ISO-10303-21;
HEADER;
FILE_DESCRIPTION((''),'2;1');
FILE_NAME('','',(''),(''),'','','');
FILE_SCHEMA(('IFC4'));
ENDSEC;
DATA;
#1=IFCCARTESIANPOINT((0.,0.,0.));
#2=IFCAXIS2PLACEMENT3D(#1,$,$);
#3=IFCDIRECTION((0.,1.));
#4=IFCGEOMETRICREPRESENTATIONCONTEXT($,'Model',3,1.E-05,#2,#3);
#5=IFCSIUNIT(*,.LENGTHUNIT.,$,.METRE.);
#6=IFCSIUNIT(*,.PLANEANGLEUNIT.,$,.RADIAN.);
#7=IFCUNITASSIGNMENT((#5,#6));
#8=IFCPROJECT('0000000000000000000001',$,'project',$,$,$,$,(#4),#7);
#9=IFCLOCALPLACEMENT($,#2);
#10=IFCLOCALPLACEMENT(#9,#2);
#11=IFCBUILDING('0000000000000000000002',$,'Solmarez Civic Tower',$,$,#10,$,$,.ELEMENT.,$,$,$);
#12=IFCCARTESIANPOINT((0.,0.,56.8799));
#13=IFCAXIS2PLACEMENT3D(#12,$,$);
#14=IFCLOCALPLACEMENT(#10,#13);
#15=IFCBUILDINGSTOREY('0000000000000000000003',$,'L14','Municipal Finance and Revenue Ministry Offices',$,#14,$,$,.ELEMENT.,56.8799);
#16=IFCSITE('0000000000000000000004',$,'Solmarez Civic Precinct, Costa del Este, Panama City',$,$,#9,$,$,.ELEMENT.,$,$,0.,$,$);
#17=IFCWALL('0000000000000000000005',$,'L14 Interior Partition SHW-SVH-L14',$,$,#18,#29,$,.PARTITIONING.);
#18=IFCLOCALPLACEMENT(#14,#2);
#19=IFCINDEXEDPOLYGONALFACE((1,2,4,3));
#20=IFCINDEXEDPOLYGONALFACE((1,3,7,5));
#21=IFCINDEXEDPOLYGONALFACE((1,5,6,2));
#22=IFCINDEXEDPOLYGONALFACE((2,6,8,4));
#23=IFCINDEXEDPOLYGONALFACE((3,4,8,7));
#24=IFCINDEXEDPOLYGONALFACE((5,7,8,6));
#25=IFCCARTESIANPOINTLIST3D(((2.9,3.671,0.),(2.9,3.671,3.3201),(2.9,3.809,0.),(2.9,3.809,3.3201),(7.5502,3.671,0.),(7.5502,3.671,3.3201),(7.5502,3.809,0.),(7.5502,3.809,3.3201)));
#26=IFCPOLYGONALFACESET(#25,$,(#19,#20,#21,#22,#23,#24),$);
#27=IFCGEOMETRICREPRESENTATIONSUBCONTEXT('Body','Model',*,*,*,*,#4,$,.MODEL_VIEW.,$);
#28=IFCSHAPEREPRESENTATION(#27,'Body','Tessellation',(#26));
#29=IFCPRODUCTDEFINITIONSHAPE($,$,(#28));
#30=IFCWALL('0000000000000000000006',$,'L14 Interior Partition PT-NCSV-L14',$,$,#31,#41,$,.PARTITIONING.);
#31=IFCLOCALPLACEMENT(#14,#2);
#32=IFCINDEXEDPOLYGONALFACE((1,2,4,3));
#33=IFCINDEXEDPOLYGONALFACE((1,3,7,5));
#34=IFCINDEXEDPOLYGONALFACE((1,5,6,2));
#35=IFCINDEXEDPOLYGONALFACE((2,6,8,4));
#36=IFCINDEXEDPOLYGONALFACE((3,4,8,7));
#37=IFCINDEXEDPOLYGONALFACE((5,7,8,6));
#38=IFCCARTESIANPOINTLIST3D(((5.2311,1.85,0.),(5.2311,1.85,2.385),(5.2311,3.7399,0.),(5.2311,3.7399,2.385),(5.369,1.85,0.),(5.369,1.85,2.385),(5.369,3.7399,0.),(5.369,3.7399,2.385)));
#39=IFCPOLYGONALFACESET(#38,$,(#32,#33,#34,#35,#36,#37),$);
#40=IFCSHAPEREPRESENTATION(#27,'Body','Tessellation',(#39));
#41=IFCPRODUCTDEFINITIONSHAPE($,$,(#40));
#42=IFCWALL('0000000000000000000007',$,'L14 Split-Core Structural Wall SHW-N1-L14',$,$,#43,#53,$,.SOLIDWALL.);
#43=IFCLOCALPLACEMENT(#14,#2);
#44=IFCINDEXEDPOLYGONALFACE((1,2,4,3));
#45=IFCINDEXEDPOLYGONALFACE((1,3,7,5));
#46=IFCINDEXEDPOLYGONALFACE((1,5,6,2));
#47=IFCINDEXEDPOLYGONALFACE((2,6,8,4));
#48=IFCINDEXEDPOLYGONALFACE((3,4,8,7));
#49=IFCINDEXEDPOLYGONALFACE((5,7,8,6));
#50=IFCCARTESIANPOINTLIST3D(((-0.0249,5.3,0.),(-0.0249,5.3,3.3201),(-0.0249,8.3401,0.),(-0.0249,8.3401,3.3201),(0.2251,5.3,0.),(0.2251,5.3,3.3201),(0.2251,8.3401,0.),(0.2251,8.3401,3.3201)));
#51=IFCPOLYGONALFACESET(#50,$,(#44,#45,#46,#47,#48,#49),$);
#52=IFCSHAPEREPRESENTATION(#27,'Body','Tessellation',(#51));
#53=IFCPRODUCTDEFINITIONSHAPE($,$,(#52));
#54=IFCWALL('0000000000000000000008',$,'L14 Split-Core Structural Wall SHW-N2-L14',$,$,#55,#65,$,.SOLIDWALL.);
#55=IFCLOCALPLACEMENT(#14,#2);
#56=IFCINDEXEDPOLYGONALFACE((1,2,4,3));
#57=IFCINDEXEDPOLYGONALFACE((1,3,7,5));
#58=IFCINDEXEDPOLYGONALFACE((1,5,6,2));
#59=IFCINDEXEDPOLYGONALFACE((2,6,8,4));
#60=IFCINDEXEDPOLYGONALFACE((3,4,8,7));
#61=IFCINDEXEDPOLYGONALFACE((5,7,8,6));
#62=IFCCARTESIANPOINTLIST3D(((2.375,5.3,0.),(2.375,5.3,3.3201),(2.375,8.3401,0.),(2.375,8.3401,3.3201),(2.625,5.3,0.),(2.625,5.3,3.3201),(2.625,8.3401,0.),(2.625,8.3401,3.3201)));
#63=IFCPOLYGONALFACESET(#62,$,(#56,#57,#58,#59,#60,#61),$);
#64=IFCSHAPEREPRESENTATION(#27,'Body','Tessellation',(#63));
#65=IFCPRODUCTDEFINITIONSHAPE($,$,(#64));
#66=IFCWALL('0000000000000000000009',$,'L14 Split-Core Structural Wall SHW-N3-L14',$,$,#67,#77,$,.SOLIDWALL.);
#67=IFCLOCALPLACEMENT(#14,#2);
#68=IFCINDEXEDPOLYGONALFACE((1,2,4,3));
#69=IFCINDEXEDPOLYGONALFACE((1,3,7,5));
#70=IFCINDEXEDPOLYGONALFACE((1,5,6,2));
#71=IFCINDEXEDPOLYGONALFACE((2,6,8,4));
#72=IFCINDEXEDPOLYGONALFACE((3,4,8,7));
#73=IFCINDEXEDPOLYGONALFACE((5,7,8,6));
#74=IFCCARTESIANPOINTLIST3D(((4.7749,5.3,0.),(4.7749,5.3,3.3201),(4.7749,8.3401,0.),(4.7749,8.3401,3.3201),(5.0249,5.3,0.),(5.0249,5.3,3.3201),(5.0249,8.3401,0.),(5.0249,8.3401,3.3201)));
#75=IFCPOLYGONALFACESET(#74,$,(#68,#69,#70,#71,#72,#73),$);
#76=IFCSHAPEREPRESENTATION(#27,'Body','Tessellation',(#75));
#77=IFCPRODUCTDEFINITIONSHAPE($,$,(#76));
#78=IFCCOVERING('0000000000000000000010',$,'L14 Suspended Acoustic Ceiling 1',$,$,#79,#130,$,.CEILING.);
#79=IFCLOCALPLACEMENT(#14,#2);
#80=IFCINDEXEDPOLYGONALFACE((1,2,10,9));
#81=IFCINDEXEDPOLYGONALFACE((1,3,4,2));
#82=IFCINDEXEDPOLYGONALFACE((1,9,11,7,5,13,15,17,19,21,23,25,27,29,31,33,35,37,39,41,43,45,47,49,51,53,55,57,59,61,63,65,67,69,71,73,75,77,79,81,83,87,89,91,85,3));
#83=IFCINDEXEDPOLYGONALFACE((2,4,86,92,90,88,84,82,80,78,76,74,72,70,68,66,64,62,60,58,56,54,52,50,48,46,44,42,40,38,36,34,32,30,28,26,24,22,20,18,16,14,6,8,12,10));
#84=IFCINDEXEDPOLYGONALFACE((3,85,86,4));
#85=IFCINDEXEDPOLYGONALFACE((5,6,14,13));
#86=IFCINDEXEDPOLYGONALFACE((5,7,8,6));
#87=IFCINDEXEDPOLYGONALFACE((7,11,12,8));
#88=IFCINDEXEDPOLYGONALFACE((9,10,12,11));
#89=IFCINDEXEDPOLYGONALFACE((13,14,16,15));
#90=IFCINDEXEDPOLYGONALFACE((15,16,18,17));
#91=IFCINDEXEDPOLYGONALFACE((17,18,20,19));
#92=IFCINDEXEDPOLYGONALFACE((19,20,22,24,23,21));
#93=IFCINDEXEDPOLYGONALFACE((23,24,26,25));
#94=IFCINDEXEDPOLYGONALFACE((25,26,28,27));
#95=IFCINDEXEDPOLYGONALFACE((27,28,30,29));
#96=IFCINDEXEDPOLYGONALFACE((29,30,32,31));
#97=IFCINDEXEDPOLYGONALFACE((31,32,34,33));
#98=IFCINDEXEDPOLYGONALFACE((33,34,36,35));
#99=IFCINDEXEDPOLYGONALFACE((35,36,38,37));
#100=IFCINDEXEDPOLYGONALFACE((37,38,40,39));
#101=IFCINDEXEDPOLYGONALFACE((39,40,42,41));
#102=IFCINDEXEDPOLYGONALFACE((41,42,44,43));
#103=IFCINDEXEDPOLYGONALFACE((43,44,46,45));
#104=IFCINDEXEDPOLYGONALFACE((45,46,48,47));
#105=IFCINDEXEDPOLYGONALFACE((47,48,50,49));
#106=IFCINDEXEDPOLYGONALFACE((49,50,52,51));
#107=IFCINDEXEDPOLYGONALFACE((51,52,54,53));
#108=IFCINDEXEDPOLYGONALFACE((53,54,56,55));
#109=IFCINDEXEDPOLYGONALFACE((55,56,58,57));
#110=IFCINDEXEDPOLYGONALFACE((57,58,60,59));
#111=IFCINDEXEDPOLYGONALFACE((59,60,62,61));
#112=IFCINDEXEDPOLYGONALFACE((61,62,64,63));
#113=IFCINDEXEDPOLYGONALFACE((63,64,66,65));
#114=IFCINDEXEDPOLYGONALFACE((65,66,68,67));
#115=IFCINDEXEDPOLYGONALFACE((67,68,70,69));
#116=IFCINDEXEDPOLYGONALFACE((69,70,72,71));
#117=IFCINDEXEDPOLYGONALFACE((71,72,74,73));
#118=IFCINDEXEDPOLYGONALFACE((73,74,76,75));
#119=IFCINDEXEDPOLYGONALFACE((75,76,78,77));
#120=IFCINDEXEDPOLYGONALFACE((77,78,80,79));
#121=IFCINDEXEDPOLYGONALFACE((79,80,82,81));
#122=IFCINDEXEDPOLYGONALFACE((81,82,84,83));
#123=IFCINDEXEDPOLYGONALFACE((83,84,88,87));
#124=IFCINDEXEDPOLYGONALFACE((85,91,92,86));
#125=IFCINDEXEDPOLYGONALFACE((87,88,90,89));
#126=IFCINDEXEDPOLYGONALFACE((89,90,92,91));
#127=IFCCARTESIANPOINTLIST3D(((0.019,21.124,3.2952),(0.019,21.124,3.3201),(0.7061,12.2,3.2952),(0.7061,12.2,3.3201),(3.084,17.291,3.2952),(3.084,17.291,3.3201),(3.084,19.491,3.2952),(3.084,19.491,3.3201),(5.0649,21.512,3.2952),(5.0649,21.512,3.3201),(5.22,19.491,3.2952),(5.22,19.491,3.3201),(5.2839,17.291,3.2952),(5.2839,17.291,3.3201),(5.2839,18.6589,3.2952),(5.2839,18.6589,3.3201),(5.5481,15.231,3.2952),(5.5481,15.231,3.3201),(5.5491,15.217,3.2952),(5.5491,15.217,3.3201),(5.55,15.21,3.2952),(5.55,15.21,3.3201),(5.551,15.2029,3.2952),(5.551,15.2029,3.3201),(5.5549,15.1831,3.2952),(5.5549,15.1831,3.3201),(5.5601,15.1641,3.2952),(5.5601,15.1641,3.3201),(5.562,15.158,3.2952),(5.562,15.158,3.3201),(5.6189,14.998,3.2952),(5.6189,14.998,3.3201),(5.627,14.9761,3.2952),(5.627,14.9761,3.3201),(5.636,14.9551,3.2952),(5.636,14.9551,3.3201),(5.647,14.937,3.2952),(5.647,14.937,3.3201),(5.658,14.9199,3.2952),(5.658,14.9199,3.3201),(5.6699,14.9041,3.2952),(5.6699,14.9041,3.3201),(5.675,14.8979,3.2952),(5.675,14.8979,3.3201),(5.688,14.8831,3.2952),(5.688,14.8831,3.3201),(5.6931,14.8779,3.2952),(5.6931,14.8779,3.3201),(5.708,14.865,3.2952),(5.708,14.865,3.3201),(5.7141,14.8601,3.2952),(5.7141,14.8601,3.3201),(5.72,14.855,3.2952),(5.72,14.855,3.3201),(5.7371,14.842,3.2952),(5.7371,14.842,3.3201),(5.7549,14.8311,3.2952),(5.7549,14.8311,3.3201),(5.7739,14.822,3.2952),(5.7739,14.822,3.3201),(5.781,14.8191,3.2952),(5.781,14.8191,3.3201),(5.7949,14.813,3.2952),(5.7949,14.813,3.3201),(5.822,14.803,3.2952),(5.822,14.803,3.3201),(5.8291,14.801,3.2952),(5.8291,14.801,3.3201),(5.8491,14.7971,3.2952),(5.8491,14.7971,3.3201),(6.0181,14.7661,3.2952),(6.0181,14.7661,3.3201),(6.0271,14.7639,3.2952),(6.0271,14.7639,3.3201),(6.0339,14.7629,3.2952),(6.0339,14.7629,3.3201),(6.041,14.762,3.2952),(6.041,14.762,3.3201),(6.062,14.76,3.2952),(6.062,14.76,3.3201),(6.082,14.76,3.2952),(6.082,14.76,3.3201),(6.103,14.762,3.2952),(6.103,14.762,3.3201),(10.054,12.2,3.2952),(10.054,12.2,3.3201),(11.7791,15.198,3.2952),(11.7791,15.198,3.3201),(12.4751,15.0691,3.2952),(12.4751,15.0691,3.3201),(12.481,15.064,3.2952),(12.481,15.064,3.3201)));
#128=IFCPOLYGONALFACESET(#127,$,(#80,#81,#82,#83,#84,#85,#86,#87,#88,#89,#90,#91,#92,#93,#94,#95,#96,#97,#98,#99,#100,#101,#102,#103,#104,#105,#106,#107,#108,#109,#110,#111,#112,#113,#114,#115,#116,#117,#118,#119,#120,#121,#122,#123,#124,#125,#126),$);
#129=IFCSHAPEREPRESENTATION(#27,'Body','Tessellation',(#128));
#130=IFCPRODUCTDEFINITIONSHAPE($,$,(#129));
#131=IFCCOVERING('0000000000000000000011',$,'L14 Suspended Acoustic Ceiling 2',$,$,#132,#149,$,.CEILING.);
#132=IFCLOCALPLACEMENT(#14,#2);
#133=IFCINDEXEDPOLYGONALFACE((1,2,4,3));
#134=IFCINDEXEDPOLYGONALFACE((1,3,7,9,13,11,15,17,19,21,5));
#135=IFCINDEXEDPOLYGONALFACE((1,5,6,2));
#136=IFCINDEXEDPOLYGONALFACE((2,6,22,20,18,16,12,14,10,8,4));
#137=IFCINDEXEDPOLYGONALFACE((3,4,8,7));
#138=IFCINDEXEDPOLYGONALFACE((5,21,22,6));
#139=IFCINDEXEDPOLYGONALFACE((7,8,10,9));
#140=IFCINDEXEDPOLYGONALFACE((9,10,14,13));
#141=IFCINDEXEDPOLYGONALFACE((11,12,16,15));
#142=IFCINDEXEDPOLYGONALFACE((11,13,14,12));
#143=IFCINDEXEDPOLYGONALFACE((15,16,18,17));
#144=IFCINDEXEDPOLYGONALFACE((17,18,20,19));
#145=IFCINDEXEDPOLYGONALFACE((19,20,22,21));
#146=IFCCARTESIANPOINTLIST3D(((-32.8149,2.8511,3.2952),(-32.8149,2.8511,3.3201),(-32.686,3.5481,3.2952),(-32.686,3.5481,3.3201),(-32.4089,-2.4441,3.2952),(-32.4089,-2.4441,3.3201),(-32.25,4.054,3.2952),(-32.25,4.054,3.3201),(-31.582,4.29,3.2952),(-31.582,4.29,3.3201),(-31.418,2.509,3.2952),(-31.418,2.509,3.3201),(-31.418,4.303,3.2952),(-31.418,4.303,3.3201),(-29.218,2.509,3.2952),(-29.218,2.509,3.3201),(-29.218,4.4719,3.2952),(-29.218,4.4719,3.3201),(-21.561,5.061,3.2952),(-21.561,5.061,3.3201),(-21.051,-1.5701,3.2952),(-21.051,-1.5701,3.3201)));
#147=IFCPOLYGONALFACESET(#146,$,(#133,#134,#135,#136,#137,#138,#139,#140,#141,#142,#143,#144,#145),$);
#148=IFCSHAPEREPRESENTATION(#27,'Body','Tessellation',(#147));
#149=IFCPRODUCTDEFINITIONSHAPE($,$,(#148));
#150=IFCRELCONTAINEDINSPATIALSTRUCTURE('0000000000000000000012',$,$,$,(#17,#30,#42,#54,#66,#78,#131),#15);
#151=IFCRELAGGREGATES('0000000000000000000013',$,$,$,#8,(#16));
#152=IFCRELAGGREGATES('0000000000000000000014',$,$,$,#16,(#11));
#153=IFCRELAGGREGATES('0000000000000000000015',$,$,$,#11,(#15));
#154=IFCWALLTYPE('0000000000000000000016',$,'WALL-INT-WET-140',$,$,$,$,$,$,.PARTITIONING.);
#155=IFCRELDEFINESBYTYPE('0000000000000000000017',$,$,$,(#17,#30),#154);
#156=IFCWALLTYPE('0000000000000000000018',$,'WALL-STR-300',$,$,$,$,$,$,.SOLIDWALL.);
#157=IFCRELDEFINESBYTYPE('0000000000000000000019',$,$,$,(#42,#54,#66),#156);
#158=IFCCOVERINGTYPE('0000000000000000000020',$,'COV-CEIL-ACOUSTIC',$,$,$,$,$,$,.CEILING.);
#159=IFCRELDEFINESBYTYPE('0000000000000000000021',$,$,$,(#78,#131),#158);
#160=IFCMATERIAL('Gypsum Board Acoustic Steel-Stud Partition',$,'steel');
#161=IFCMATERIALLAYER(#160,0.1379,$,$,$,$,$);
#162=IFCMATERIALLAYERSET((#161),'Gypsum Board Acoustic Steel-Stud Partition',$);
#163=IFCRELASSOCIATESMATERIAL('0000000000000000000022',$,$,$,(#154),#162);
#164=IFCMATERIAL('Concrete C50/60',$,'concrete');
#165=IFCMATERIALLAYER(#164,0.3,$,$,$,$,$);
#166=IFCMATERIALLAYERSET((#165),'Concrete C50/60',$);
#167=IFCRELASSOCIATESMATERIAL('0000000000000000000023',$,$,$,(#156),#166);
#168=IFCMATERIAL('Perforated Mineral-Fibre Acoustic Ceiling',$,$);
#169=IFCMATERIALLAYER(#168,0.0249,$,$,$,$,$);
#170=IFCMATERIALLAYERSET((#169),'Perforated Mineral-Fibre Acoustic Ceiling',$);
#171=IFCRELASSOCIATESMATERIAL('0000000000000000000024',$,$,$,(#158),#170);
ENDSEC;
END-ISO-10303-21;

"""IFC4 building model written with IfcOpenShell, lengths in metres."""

from ifc_helpers import new_model, si_unit, direction, frame, frame_2d, origin, place, context, subcontext, project, spatial, polyline, rectangle, outline, extrude, material, layer, layer_set, type_object, element, save


model = new_model("IFC4")

# Units and contexts
model_context = context("Model", 3, precision=1e-05, world=origin(), true_north=direction((0.0, 1.0)))
body_context = subcontext(model_context, "Body", "Model", "MODEL_VIEW")
ifc_project = project(units=[si_unit("LENGTHUNIT", "METRE"), si_unit("PLANEANGLEUNIT", "RADIAN")], contexts=[model_context])

# Site, building, storey
site_placement = place(None, origin())
site = spatial("IfcSite", under=ifc_project, at=site_placement, Name="Solmarez Civic Precinct, Costa del Este, Panama City", CompositionType="ELEMENT", RefElevation=0.0)
building_placement = place(site_placement, origin())
building = spatial("IfcBuilding", under=site, at=building_placement, Name="Solmarez Civic Tower", CompositionType="ELEMENT")
storey_placement = place(building_placement, frame((0.0, 0.0, 56.8799)))
storey = spatial("IfcBuildingStorey", under=building, at=storey_placement, Name="L14", Description="Municipal Finance and Revenue Ministry Offices", CompositionType="ELEMENT", Elevation=56.8799)

# Shared definitions
ifc_material_1 = material(Name="Concrete C50/60", Category="concrete")

# Shared definitions
ifc_material_2 = material(Name="Gypsum Board Acoustic Steel-Stud Partition", Category="steel")

# Walls
ifc_layer_1 = layer(ifc_material_2, 0.1379)
ifc_layer_set_1 = layer_set([ifc_layer_1], Name="Gypsum Board Acoustic Steel-Stud Partition")
wall_type_1 = type_object("IfcWallType", Name="WALL-INT-WET-140", PredefinedType="PARTITIONING", material=ifc_layer_set_1)
wall_1_placement = place(storey_placement, frame((2.8999, 3.74, 0.0), z_axis=(0.0, 0.0, 1.0), x_axis=(1.0, 0.0, 0.0)))
element("IfcWall", 1, at=wall_1_placement, inside=storey, type_object=wall_type_1, Name="L14 Interior Partition SHW-SVH-L14", PredefinedType="PARTITIONING", context=body_context, shape_type="SweptSolid", body=[
    extrude(rectangle(XDim=4.6501, YDim=0.1379, at=frame_2d((2.3252, 0.0))), origin(), (0.0, 0.0, 1.0), 3.3201),
])
wall_2_placement = place(storey_placement, frame((5.3, 1.8501, 0.0), z_axis=(0.0, 0.0, 1.0), x_axis=(0.0, 1.0, 0.0)))
element("IfcWall", 2, at=wall_2_placement, inside=storey, type_object=wall_type_1, Name="L14 Interior Partition PT-NCSV-L14", PredefinedType="PARTITIONING", context=body_context, shape_type="SweptSolid", body=[
    extrude(rectangle(XDim=1.8899, YDim=0.1379, at=frame_2d((0.9448, 0.0))), origin(), (0.0, 0.0, 1.0), 2.385),
])
ifc_layer_2 = layer(ifc_material_1, 0.3)
ifc_layer_set_2 = layer_set([ifc_layer_2], Name="Concrete C50/60")
wall_type_2 = type_object("IfcWallType", Name="WALL-STR-300", PredefinedType="SOLIDWALL", material=ifc_layer_set_2)
for number, where, z_axis, x_axis, name in (
    (3, (0.1001, 5.3, 0.0), (0.0, 0.0, 1.0), (0.0, 1.0, 0.0), "L14 Split-Core Structural Wall SHW-N1-L14"),
    (4, (2.5, 5.3, 0.0), (0.0, 0.0, 1.0), (0.0, 1.0, 0.0), "L14 Split-Core Structural Wall SHW-N2-L14"),
    (5, (4.8999, 5.3, 0.0), (0.0, 0.0, 1.0), (0.0, 1.0, 0.0), "L14 Split-Core Structural Wall SHW-N3-L14"),
):
    element("IfcWall", number, at=place(storey_placement, frame(where, z_axis=z_axis, x_axis=x_axis)), inside=storey, type_object=wall_type_2, Name=name, PredefinedType="SOLIDWALL", context=body_context, shape_type="SweptSolid", body=[
        extrude(rectangle(XDim=3.04, YDim=0.25, at=frame_2d((1.52, 0.0))), origin(), (0.0, 0.0, 1.0), 3.3201),
    ])

# Coverings
ifc_material_3 = material(Name="Perforated Mineral-Fibre Acoustic Ceiling")
ifc_layer_3 = layer(ifc_material_3, 0.0249)
ifc_layer_set_3 = layer_set([ifc_layer_3], Name="Perforated Mineral-Fibre Acoustic Ceiling")
covering_type_1 = type_object("IfcCoveringType", Name="COV-CEIL-ACOUSTIC", PredefinedType="CEILING", material=ifc_layer_set_3)
covering_1_placement = place(storey_placement, frame((0.0, 0.0, 3.2952)))
element("IfcCovering", 6, at=covering_1_placement, inside=storey, type_object=covering_type_1, Name="L14 Suspended Acoustic Ceiling 1", PredefinedType="CEILING", context=body_context, shape_type="SweptSolid", body=[
    extrude(outline(polyline([(0.7061, 12.2), (10.054, 12.2), (12.481, 15.064), (12.4751, 15.0691), (11.7791, 15.198), (6.103, 14.762), (6.082, 14.76), (6.062, 14.76), (6.041, 14.762), (6.0339, 14.7629), (6.0271, 14.7639), (6.0181, 14.7661), (5.8491, 14.7971), (5.8291, 14.801), (5.822, 14.803), (5.7949, 14.813), (5.781, 14.8191), (5.7739, 14.822), (5.7549, 14.8311), (5.7371, 14.842), (5.72, 14.855), (5.7141, 14.8601), (5.708, 14.865), (5.6931, 14.8779), (5.688, 14.8831), (5.675, 14.8979), (5.6699, 14.9041), (5.658, 14.9199), (5.647, 14.937), (5.636, 14.9551), (5.627, 14.9761), (5.6189, 14.998), (5.562, 15.158), (5.5601, 15.1641), (5.5549, 15.1831), (5.551, 15.2029), (5.55, 15.21), (5.5491, 15.217), (5.5481, 15.231), (5.2839, 18.6589), (5.2839, 17.291), (3.084, 17.291), (3.084, 19.491), (5.22, 19.491), (5.0649, 21.512), (0.019, 21.124), (0.7061, 12.2)])), origin(), (0.0, 0.0, 1.0), 0.0249),
])
covering_2_placement = place(storey_placement, frame((0.0, 0.0, 3.2952)))
element("IfcCovering", 7, at=covering_2_placement, inside=storey, type_object=covering_type_1, Name="L14 Suspended Acoustic Ceiling 2", PredefinedType="CEILING", context=body_context, shape_type="SweptSolid", body=[
    extrude(outline(polyline([(-21.561, 5.061), (-29.218, 4.4719), (-29.218, 2.509), (-31.418, 2.509), (-31.418, 4.303), (-31.582, 4.29), (-32.25, 4.054), (-32.686, 3.5481), (-32.8149, 2.8511), (-32.4089, -2.4441), (-21.051, -1.5701), (-21.561, 5.061)])), origin(), (0.0, 0.0, 1.0), 0.0249),
])

save(model, "model.ifc")
